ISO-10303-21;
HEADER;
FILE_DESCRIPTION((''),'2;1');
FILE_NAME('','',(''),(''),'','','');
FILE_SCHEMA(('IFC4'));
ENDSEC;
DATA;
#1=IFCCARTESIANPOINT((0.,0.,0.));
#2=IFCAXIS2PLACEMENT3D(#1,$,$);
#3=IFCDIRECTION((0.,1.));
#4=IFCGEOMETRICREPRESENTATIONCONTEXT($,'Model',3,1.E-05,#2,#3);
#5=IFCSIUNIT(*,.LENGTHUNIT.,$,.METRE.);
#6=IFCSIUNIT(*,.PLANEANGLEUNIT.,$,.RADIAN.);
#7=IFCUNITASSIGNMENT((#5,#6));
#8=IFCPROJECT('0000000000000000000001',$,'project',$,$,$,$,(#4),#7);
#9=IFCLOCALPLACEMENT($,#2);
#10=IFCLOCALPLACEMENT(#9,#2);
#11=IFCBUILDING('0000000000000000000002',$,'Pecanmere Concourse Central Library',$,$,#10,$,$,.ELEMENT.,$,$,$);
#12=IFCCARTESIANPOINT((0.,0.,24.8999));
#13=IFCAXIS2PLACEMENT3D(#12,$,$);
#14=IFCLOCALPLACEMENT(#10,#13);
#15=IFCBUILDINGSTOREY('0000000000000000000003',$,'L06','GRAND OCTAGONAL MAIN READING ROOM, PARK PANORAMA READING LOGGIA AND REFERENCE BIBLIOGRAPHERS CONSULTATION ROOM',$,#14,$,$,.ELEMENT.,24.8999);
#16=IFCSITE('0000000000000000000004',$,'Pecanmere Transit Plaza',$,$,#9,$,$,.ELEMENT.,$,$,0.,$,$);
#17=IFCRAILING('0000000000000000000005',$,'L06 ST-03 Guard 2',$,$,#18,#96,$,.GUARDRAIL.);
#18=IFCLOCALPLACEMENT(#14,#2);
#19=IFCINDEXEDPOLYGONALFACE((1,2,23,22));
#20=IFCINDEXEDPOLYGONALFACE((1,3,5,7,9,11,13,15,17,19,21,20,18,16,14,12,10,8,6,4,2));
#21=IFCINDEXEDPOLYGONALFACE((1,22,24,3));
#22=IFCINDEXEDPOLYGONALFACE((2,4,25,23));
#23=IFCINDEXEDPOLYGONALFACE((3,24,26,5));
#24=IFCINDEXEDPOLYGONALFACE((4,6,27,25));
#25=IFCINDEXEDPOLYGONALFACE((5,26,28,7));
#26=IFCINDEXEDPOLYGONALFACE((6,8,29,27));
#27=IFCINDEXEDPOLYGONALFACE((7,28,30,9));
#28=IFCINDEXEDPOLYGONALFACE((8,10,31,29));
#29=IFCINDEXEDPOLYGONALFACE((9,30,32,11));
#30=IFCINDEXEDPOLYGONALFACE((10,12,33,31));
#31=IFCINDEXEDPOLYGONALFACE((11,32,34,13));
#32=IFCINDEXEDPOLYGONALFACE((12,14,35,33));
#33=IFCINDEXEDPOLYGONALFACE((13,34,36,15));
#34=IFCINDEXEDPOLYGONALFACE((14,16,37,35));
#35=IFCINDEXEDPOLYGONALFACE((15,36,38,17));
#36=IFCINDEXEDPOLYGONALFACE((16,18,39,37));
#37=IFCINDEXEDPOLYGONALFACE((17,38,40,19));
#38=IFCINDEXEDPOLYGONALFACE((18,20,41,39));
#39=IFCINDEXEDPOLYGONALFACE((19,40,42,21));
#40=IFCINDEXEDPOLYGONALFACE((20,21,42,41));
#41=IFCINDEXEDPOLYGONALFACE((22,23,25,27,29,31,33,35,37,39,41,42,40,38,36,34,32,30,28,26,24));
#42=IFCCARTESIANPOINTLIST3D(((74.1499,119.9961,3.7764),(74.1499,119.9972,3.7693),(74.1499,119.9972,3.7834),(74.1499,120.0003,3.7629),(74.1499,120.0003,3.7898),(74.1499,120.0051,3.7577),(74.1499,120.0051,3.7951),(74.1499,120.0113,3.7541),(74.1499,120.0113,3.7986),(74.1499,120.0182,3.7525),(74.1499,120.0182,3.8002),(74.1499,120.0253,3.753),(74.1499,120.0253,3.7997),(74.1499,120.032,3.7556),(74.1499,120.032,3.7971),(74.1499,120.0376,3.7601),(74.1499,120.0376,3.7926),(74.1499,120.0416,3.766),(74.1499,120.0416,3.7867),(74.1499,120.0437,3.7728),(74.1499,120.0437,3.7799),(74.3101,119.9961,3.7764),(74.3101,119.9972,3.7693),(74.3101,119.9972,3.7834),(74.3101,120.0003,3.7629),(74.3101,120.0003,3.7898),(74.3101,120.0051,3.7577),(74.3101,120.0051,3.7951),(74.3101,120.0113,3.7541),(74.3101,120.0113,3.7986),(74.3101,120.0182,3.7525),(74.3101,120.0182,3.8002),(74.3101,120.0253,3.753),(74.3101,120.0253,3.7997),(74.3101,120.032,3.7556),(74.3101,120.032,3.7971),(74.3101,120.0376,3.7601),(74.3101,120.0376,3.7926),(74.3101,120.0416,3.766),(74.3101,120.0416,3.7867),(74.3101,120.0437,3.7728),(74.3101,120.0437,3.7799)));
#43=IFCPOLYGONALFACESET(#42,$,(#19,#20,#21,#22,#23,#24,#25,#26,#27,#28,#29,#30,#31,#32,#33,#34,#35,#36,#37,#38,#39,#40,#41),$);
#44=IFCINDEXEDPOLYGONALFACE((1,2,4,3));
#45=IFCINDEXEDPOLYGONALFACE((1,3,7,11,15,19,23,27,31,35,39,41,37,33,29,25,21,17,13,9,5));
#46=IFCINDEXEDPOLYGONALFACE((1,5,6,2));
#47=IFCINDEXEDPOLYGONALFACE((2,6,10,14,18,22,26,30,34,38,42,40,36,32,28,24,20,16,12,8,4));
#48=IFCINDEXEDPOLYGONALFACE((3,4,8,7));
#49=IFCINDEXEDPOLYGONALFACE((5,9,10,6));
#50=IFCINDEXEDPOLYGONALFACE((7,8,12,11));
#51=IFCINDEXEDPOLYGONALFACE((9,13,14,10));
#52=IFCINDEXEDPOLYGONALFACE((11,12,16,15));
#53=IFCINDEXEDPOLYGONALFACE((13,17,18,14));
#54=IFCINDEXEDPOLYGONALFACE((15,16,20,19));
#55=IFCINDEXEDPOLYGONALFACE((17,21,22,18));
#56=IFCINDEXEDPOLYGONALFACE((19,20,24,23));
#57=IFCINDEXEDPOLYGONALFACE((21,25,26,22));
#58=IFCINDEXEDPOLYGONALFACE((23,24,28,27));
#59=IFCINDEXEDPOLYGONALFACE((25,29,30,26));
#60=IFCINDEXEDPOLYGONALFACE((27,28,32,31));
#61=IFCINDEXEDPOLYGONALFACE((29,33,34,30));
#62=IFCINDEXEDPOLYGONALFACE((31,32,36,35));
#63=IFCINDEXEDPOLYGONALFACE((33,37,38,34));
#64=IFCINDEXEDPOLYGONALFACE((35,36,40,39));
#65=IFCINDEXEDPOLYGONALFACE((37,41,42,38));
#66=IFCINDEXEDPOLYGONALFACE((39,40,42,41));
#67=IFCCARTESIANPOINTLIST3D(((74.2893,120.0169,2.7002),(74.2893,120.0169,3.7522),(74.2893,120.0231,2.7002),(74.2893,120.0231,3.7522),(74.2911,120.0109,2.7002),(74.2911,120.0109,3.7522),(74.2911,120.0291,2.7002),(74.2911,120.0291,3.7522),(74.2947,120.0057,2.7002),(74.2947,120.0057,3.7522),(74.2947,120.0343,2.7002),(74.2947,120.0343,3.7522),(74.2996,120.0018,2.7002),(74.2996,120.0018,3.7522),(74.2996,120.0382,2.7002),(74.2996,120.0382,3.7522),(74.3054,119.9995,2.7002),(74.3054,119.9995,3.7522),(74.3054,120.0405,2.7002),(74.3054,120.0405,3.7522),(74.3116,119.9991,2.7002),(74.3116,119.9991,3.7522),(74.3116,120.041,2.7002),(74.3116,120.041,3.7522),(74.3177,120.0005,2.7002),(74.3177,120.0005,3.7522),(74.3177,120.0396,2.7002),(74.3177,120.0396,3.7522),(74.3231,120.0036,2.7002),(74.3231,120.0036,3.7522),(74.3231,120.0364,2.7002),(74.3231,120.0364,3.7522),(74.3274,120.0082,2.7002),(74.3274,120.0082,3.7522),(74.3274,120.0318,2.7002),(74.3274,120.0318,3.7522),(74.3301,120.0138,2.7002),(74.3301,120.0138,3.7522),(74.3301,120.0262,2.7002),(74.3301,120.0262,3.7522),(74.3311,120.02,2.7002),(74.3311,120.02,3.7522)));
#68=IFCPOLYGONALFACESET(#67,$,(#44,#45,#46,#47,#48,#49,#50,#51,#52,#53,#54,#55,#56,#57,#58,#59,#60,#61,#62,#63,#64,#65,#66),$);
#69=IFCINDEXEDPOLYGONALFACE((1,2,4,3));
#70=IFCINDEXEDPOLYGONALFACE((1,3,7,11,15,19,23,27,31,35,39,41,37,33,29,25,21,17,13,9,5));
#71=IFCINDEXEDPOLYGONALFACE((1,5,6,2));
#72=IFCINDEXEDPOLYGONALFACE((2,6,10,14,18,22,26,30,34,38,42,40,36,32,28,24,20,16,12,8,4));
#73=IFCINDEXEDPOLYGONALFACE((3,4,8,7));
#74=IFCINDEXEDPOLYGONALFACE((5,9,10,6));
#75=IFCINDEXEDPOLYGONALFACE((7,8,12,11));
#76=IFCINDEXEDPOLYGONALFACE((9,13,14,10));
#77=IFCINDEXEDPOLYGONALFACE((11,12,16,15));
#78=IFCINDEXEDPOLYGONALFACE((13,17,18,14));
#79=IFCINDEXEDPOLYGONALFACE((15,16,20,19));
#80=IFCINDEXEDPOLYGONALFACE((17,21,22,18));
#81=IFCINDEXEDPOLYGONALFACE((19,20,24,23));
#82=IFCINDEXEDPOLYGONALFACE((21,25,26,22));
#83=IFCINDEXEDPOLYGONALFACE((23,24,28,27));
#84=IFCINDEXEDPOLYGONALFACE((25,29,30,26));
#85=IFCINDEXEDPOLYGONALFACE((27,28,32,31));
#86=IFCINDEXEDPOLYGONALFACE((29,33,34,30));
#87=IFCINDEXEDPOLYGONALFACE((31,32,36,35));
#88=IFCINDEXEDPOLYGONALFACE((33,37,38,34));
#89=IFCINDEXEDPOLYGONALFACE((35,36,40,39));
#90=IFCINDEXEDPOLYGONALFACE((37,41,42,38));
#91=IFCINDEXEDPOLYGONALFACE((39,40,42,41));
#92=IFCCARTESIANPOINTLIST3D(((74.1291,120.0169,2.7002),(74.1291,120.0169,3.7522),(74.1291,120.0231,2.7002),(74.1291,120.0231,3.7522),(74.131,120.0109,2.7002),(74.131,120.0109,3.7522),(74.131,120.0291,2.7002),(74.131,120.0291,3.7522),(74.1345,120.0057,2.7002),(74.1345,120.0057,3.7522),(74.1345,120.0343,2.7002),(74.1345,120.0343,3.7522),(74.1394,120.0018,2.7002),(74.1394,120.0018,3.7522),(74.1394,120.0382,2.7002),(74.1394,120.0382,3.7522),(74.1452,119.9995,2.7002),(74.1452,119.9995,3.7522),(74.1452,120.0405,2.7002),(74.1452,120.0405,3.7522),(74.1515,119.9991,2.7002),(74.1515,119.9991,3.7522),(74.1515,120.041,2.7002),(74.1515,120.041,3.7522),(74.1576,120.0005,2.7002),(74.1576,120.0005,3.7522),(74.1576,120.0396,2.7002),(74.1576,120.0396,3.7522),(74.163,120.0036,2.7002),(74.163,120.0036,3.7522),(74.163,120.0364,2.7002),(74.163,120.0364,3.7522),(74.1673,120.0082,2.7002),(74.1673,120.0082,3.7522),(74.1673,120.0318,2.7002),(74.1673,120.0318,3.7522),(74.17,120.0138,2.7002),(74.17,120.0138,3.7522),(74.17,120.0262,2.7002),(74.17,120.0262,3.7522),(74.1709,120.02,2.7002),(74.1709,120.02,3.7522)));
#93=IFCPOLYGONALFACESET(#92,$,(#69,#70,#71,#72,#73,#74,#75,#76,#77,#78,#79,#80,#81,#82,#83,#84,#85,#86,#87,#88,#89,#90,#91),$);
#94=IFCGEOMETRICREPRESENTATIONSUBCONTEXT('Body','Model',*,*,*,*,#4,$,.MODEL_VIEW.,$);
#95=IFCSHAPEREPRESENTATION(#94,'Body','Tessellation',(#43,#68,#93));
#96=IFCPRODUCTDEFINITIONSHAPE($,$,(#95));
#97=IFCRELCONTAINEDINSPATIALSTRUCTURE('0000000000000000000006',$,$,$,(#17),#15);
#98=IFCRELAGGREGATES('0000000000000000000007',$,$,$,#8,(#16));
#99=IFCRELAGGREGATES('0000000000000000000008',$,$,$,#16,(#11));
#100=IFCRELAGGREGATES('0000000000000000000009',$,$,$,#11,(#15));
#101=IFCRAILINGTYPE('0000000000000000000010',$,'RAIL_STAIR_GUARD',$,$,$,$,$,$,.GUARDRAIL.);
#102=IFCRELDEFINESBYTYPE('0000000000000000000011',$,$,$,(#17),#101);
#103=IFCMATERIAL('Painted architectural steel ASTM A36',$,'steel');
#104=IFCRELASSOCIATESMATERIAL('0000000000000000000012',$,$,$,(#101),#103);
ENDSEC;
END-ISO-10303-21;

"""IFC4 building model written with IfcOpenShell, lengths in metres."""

from ifc_helpers import new_model, si_unit, direction, frame, origin, origin_2d, place, context, subcontext, project, spatial, circle, extrude, material, type_object, element, save


model = new_model("IFC4")

# Units and contexts
model_context = context("Model", 3, precision=1e-05, world=origin(), true_north=direction((0.0, 1.0)))
body_context = subcontext(model_context, "Body", "Model", "MODEL_VIEW")
ifc_project = project(units=[si_unit("LENGTHUNIT", "METRE"), si_unit("PLANEANGLEUNIT", "RADIAN")], contexts=[model_context])

# Site, building, storey
site_placement = place(None, origin())
site = spatial("IfcSite", under=ifc_project, at=site_placement, Name="Pecanmere Transit Plaza", CompositionType="ELEMENT", RefElevation=0.0)
building_placement = place(site_placement, origin())
building = spatial("IfcBuilding", under=site, at=building_placement, Name="Pecanmere Concourse Central Library", CompositionType="ELEMENT")
storey_placement = place(building_placement, frame((0.0, 0.0, 24.8999)))
storey = spatial("IfcBuildingStorey", under=building, at=storey_placement, Name="L06", Description="GRAND OCTAGONAL MAIN READING ROOM, PARK PANORAMA READING LOGGIA AND REFERENCE BIBLIOGRAPHERS CONSULTATION ROOM", CompositionType="ELEMENT", Elevation=24.8999)

# Railing
ifc_material_1 = material(Name="Painted architectural steel ASTM A36", Category="steel")
railing_type_1 = type_object("IfcRailingType", Name="RAIL_STAIR_GUARD", PredefinedType="GUARDRAIL", material=ifc_material_1)
railing_1_placement = place(storey_placement, frame((74.3101, 120.02, 2.7002)))
element("IfcRailing", 1, at=railing_1_placement, inside=storey, type_object=railing_type_1, Name="L06 ST-03 Guard 2", PredefinedType="GUARDRAIL", context=body_context, shape_type="SweptSolid", body=[
    extrude(circle(Radius=0.0239, at=origin_2d()), frame((0.0, 0.0, 1.0762), z_axis=(-1.0, 0.0, 0.0), x_axis=(0.0, -1.0, 0.0)), (0.0, 0.0, 1.0), 0.1602),
    extrude(circle(Radius=0.021, at=origin_2d()), origin(), (0.0, 0.0, 1.0), 1.052),
    extrude(circle(Radius=0.021, at=origin_2d()), frame((-0.1602, 0.0, 0.0)), (0.0, 0.0, 1.0), 1.052),
])

save(model, "model.ifc")
